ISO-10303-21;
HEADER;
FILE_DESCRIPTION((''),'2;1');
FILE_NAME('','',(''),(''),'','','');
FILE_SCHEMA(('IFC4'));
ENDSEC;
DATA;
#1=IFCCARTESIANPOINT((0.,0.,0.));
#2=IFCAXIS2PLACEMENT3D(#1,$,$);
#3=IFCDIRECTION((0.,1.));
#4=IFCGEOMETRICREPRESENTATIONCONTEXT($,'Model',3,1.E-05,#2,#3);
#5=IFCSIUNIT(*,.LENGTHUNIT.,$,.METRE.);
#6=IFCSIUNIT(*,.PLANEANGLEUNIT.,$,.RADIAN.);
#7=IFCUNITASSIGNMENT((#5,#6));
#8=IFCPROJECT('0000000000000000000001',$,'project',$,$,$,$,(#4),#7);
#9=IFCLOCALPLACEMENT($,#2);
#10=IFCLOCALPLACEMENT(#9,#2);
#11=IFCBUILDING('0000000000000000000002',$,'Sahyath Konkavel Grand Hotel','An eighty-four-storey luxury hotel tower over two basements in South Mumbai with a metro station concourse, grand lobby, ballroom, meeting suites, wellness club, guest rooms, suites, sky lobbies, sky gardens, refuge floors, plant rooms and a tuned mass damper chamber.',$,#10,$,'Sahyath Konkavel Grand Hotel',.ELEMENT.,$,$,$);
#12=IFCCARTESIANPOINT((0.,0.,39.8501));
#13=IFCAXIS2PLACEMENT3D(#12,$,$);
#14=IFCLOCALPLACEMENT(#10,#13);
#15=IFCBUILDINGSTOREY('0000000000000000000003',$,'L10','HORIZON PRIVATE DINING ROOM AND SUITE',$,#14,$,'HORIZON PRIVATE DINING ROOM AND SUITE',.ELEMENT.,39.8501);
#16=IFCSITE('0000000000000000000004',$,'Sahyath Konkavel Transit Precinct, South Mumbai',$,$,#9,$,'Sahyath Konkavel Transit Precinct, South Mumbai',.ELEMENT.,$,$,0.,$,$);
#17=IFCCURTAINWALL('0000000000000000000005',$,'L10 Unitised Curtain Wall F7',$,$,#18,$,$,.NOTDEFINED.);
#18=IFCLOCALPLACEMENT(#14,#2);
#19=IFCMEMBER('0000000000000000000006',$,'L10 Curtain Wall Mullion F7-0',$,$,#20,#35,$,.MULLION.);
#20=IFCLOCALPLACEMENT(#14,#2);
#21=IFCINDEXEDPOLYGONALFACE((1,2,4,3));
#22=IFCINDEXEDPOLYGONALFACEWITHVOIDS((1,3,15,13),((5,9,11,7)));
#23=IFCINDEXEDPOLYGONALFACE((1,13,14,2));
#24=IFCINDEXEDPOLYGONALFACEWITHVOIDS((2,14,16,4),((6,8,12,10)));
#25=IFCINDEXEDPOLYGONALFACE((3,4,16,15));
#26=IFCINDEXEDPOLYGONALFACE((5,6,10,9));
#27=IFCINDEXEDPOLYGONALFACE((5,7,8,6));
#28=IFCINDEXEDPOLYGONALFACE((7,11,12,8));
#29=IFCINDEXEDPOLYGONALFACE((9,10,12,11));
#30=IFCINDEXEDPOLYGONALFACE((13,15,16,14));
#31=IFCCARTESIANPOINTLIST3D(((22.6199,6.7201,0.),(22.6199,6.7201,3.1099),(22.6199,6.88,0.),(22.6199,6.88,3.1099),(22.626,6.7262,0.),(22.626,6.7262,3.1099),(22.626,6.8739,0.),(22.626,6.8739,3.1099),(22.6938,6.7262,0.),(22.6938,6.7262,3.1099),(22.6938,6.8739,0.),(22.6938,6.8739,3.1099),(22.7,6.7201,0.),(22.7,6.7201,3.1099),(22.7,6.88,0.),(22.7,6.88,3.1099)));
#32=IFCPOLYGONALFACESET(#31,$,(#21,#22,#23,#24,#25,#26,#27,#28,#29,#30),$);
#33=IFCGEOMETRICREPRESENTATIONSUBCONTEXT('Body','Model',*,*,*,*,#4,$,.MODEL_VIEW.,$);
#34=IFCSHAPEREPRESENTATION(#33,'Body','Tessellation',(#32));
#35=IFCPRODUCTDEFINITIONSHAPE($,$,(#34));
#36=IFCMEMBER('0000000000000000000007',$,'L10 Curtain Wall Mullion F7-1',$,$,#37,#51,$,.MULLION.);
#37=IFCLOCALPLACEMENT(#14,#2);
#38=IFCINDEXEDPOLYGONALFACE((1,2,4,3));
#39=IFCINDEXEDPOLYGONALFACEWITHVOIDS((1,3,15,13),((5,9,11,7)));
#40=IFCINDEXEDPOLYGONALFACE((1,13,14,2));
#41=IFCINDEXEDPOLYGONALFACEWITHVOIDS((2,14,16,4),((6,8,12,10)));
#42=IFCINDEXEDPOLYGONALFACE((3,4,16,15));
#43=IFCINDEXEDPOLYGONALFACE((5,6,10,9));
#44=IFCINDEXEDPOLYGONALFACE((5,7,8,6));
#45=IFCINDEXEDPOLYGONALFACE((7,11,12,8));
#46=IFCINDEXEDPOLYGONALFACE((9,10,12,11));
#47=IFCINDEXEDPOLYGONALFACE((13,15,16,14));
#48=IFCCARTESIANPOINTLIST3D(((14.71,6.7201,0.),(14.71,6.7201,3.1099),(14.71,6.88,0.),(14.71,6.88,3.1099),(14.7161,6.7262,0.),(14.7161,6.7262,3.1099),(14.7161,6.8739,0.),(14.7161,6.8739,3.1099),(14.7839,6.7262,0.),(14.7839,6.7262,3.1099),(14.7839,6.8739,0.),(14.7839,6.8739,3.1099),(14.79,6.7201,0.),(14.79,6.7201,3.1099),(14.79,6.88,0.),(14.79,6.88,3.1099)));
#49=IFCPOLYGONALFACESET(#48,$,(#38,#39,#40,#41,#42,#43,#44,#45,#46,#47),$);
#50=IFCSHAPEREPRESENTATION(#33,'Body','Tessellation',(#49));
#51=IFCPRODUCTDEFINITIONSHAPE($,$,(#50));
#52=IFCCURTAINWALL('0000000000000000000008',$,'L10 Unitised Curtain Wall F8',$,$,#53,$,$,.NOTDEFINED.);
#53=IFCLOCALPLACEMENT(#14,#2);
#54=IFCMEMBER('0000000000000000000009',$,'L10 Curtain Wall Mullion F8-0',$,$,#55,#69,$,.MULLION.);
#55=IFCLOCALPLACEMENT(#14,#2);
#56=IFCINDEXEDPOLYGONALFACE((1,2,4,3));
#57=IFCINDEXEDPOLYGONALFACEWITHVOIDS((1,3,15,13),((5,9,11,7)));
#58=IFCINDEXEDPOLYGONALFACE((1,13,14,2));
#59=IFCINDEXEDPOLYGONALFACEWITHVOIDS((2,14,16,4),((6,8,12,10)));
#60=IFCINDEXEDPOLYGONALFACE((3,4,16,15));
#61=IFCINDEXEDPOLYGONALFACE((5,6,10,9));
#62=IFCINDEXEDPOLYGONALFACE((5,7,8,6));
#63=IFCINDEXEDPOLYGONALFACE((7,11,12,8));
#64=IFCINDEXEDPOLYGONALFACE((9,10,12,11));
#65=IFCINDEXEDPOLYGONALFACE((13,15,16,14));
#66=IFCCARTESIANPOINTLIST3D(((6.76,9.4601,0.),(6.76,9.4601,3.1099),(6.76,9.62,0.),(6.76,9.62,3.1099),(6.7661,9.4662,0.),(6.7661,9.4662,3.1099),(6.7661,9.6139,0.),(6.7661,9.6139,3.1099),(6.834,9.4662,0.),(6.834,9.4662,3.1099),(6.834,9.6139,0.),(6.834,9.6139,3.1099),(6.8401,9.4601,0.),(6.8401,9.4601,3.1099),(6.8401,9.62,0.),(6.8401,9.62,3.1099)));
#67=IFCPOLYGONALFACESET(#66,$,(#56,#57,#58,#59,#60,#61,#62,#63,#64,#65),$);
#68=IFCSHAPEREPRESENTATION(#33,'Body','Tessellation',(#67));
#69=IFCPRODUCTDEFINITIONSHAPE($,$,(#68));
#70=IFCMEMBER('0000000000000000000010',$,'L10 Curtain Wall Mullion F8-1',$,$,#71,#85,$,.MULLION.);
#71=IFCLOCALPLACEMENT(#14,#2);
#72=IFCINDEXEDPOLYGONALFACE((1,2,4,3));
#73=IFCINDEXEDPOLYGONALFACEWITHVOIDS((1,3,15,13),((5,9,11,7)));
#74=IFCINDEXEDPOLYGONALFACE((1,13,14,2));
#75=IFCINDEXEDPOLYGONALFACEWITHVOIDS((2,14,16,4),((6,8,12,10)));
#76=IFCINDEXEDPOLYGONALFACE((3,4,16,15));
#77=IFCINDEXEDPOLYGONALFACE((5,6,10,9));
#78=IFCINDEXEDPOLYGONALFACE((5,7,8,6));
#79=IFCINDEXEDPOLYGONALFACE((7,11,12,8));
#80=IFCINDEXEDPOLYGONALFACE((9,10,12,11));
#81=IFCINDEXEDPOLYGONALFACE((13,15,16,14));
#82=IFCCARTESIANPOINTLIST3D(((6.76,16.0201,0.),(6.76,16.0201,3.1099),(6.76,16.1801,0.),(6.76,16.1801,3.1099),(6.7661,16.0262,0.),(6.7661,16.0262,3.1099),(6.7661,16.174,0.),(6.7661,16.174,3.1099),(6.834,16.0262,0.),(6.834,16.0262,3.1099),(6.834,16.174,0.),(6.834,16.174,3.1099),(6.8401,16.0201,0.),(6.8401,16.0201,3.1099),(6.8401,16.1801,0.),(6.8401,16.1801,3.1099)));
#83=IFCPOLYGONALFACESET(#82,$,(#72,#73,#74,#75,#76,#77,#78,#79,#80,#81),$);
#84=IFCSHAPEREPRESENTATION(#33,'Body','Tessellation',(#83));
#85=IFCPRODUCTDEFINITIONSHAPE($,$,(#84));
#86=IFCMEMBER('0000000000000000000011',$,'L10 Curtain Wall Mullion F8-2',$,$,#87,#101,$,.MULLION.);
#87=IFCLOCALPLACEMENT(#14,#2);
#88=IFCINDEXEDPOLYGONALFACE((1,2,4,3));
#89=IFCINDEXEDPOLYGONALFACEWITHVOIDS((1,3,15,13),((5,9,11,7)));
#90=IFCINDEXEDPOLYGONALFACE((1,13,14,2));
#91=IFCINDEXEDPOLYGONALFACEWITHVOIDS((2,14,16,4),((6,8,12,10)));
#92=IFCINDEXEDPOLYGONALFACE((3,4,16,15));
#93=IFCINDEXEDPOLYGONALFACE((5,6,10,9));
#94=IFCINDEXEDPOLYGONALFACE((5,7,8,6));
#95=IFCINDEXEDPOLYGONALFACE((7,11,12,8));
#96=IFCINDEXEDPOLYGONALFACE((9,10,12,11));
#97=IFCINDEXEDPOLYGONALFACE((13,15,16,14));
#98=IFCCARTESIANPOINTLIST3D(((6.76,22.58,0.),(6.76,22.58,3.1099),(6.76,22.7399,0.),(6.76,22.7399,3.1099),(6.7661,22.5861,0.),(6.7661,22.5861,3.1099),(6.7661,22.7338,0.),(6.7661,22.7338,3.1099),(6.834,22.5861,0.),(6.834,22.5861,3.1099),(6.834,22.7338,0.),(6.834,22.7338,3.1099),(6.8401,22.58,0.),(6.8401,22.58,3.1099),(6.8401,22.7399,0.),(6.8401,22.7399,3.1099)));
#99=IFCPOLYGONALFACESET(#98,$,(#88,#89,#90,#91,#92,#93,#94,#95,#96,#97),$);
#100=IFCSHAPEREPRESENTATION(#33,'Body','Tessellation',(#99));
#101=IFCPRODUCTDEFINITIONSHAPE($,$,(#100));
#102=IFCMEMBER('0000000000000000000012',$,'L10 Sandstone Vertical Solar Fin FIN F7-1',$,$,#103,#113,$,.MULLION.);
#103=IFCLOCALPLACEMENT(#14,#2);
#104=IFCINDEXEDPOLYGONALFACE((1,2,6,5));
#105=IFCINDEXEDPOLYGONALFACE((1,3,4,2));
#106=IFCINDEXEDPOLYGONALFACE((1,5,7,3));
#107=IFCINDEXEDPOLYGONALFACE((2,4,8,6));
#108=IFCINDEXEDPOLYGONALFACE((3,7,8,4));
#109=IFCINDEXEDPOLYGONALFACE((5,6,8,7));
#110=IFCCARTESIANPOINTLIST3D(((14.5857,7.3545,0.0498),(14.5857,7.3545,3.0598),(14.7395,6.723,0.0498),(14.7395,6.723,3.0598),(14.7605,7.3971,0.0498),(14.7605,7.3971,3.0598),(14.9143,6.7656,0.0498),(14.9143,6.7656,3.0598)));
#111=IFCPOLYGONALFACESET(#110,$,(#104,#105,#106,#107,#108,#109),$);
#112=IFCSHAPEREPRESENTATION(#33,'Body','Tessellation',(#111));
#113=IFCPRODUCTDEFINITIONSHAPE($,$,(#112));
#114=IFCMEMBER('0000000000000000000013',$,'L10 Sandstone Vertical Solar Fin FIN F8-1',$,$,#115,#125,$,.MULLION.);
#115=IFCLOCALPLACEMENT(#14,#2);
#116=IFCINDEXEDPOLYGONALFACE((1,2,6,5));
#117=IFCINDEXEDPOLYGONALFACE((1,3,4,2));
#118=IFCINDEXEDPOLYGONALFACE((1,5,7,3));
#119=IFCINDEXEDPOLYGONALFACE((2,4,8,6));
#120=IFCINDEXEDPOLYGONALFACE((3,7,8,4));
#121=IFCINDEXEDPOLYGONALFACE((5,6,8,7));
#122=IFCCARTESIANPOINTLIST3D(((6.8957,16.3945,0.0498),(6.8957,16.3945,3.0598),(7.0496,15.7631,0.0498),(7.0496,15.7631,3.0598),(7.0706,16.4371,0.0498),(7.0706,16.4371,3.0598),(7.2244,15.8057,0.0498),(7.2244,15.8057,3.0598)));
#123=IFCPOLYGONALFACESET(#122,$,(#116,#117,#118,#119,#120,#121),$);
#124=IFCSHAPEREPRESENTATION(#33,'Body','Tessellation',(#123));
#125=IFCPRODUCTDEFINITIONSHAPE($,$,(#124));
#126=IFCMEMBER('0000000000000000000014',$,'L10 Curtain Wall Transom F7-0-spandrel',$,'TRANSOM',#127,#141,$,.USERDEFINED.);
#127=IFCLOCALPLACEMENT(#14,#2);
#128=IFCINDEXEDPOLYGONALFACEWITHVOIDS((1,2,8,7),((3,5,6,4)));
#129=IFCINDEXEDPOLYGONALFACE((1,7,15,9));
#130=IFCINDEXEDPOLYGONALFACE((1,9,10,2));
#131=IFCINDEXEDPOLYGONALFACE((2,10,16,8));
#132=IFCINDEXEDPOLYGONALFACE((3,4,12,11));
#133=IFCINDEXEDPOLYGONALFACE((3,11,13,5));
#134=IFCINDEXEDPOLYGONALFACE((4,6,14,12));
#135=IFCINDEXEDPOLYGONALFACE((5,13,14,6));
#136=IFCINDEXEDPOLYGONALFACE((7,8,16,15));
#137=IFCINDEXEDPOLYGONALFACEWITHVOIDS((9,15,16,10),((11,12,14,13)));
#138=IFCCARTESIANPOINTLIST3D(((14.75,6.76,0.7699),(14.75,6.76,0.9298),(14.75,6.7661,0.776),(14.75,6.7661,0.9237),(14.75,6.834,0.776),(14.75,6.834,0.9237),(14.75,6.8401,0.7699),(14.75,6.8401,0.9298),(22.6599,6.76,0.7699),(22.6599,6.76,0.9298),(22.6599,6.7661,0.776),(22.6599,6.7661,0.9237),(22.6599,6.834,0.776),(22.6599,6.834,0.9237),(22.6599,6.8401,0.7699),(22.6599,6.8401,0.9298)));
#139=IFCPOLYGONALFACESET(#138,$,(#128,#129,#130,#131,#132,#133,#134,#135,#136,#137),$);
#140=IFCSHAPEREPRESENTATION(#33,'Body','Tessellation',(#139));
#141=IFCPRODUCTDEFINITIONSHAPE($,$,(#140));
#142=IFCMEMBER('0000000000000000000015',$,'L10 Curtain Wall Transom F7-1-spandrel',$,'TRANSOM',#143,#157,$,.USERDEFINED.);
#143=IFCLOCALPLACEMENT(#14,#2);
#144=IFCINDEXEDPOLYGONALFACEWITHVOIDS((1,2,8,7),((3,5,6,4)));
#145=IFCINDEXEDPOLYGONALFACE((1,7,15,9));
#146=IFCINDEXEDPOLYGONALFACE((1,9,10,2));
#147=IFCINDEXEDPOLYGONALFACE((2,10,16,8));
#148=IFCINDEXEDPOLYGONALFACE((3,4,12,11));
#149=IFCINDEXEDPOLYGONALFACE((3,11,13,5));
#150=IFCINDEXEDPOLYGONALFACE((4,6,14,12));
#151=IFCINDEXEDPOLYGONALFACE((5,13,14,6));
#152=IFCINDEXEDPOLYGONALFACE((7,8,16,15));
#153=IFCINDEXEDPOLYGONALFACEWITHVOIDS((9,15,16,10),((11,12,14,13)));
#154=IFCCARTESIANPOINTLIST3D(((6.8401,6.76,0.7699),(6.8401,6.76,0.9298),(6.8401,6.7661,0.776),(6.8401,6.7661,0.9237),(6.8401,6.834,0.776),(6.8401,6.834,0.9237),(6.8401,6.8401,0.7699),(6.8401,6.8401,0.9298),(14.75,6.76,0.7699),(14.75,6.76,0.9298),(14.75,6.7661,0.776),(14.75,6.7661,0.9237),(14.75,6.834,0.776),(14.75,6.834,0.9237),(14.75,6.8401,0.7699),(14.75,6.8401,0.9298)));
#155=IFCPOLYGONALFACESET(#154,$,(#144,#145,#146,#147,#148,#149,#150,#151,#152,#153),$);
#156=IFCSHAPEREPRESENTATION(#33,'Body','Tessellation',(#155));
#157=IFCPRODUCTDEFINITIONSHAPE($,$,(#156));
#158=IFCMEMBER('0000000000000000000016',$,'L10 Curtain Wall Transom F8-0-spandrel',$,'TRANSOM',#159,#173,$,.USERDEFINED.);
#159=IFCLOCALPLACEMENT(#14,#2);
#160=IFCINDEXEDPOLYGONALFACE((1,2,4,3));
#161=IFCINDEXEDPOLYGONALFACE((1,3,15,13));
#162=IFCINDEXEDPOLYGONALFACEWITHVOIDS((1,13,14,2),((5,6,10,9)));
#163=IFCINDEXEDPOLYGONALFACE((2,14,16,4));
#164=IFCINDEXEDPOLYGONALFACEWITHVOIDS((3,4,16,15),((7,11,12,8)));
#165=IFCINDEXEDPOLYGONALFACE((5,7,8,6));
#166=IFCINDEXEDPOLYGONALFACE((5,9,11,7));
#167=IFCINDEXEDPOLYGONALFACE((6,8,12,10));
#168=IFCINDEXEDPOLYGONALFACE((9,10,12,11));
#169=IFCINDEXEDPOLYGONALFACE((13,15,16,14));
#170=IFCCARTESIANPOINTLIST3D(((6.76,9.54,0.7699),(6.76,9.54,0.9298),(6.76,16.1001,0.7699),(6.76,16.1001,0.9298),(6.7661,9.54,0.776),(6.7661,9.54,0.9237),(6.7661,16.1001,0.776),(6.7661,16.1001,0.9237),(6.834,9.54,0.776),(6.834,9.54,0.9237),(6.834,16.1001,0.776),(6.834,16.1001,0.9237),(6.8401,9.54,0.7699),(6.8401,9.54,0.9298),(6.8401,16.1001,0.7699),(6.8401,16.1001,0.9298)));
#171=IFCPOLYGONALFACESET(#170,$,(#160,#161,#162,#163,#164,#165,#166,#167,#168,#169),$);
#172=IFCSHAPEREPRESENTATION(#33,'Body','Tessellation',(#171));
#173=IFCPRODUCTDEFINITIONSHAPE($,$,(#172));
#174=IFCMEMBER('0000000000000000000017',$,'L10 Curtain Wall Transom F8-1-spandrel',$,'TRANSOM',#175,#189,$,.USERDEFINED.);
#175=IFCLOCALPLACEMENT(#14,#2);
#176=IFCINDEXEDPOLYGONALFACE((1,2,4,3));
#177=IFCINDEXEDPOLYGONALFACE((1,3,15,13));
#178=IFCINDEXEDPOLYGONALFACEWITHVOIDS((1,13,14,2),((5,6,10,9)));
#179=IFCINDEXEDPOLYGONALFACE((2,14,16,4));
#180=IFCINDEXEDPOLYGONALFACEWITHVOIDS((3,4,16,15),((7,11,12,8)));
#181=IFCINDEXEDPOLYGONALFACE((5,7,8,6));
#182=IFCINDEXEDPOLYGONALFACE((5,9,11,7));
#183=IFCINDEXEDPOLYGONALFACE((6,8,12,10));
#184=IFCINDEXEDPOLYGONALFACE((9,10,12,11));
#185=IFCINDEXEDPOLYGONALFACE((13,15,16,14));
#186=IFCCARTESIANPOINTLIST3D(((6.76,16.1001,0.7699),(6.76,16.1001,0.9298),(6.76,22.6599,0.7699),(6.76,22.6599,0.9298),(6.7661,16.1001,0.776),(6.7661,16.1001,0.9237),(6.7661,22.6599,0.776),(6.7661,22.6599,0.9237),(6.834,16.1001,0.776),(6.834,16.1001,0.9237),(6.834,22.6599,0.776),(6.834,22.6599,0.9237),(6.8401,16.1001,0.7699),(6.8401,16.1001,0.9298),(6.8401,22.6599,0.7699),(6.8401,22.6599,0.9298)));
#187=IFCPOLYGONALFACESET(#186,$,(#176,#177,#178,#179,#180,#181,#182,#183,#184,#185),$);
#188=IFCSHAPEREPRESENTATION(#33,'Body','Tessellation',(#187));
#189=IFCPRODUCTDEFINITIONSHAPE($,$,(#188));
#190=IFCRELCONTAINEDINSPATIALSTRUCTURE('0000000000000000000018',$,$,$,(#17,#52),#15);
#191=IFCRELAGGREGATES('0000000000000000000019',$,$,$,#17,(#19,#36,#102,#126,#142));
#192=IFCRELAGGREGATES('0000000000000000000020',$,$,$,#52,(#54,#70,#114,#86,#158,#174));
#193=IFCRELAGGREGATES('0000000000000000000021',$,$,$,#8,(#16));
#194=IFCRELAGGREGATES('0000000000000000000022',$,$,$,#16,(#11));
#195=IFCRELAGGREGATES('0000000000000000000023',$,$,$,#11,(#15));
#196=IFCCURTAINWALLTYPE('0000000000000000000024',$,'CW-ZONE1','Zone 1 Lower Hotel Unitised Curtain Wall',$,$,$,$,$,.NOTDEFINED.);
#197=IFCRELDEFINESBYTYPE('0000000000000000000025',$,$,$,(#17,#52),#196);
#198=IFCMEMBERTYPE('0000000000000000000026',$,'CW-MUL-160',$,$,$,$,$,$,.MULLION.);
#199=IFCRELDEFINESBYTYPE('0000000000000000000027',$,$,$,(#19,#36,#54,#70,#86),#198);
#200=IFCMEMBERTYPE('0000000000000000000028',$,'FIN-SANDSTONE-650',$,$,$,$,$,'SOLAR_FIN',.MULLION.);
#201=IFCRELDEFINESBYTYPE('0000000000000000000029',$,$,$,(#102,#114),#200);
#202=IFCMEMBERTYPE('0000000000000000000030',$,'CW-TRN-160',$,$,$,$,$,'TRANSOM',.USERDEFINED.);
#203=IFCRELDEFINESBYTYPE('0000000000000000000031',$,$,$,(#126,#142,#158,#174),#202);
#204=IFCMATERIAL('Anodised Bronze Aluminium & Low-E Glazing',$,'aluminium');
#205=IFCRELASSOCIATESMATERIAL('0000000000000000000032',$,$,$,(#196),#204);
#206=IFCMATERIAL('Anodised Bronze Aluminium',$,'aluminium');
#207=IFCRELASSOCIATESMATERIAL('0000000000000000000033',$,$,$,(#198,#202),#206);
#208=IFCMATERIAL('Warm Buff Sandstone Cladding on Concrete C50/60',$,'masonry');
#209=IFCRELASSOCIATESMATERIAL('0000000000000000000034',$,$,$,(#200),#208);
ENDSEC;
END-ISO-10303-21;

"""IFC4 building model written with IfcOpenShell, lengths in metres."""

from ifc_helpers import new_model, si_unit, direction, frame, origin, origin_2d, place, context, subcontext, project, spatial, rectangle, hollow_rectangle, extrude, source, transform, mapped, material, material_profile, profile_set, type_object, element, aggregate, save


model = new_model("IFC4")

# Units and contexts
model_context = context("Model", 3, precision=1e-05, world=origin(), true_north=direction((0.0, 1.0)))
body_context = subcontext(model_context, "Body", "Model", "MODEL_VIEW")
ifc_project = project(units=[si_unit("LENGTHUNIT", "METRE"), si_unit("PLANEANGLEUNIT", "RADIAN")], contexts=[model_context])

# Site, building, storey
site_placement = place(None, origin())
site = spatial("IfcSite", under=ifc_project, at=site_placement, Name="Sahyath Konkavel Transit Precinct, South Mumbai", LongName="Sahyath Konkavel Transit Precinct, South Mumbai", CompositionType="ELEMENT", RefElevation=0.0)
building_placement = place(site_placement, origin())
building = spatial("IfcBuilding", under=site, at=building_placement, Name="Sahyath Konkavel Grand Hotel", Description="An eighty-four-storey luxury hotel tower over two basements in South Mumbai with a metro station concourse, grand lobby, ballroom, meeting suites, wellness club, guest rooms, suites, sky lobbies, sky gardens, refuge floors, plant rooms and a tuned mass damper chamber.", LongName="Sahyath Konkavel Grand Hotel", CompositionType="ELEMENT")
storey_placement = place(building_placement, frame((0.0, 0.0, 39.8501)))
storey = spatial("IfcBuildingStorey", under=building, at=storey_placement, Name="L10", Description="HORIZON PRIVATE DINING ROOM AND SUITE", LongName="HORIZON PRIVATE DINING ROOM AND SUITE", CompositionType="ELEMENT", Elevation=39.8501)

# Curtain walls, members
ifc_material_1 = material(Name="Anodised Bronze Aluminium & Low-E Glazing", Category="aluminium")
curtain_wall_type = type_object("IfcCurtainWallType", Name="CW-ZONE1", Description="Zone 1 Lower Hotel Unitised Curtain Wall", PredefinedType="NOTDEFINED", material=ifc_material_1)
curtain_wall_1_placement = place(storey_placement, origin())
curtain_wall_1 = element("IfcCurtainWall", 1, at=curtain_wall_1_placement, inside=storey, type_object=curtain_wall_type, Name="L10 Unitised Curtain Wall F7", PredefinedType="NOTDEFINED")
ifc_material_2 = material(Name="Anodised Bronze Aluminium", Category="aluminium")
ifc_material_profile_1 = material_profile(ifc_material_2, hollow_rectangle(XDim=0.0801, YDim=0.1599, WallThickness=0.0061, at=origin_2d()), Name="RHS 160x80x6")
ifc_profile_set_1 = profile_set([ifc_material_profile_1], Name="Anodised Bronze Aluminium")
member_type_1 = type_object("IfcMemberType", Name="CW-MUL-160", PredefinedType="MULLION", material=ifc_profile_set_1)
shared_shape_1 = source(origin(), body_context, "Body", "SweptSolid", [
    extrude(hollow_rectangle(XDim=0.0801, YDim=0.1599, WallThickness=0.0061, at=origin_2d()), origin(), (0.0, 0.0, 1.0), 3.1099),
])
member_1_placement = place(storey_placement, frame((22.6599, 6.8, 0.0), z_axis=(0.0, 0.0, 1.0), x_axis=(1.0, 0.0, 0.0)))
member_1 = element("IfcMember", 2, at=member_1_placement, type_object=member_type_1, Name="L10 Curtain Wall Mullion F7-0", PredefinedType="MULLION", context=body_context, shape_type="MappedRepresentation", body=[
    mapped(shared_shape_1, transform((0.0, 0.0, 0.0), scale=1.0)),
])
member_2_placement = place(storey_placement, frame((14.75, 6.8, 0.0), z_axis=(0.0, 0.0, 1.0), x_axis=(1.0, 0.0, 0.0)))
member_2 = element("IfcMember", 3, at=member_2_placement, type_object=member_type_1, Name="L10 Curtain Wall Mullion F7-1", PredefinedType="MULLION", context=body_context, shape_type="MappedRepresentation", body=[
    mapped(shared_shape_1, transform((0.0, 0.0, 0.0), scale=1.0)),
])
curtain_wall_2_placement = place(storey_placement, origin())
curtain_wall_2 = element("IfcCurtainWall", 4, at=curtain_wall_2_placement, inside=storey, type_object=curtain_wall_type, Name="L10 Unitised Curtain Wall F8", PredefinedType="NOTDEFINED")
member_3_placement = place(storey_placement, frame((6.8, 9.54, 0.0), z_axis=(0.0, 0.0, 1.0), x_axis=(1.0, 0.0, 0.0)))
member_3 = element("IfcMember", 5, at=member_3_placement, type_object=member_type_1, Name="L10 Curtain Wall Mullion F8-0", PredefinedType="MULLION", context=body_context, shape_type="MappedRepresentation", body=[
    mapped(shared_shape_1, transform((0.0, 0.0, 0.0), scale=1.0)),
])
member_4_placement = place(storey_placement, frame((6.8, 16.1001, 0.0), z_axis=(0.0, 0.0, 1.0), x_axis=(1.0, 0.0, 0.0)))
member_4 = element("IfcMember", 6, at=member_4_placement, type_object=member_type_1, Name="L10 Curtain Wall Mullion F8-1", PredefinedType="MULLION", context=body_context, shape_type="MappedRepresentation", body=[
    mapped(shared_shape_1, transform((0.0, 0.0, 0.0), scale=1.0)),
])
member_5_placement = place(storey_placement, frame((6.8, 22.6599, 0.0), z_axis=(0.0, 0.0, 1.0), x_axis=(1.0, 0.0, 0.0)))
member_5 = element("IfcMember", 7, at=member_5_placement, type_object=member_type_1, Name="L10 Curtain Wall Mullion F8-2", PredefinedType="MULLION", context=body_context, shape_type="MappedRepresentation", body=[
    mapped(shared_shape_1, transform((0.0, 0.0, 0.0), scale=1.0)),
])

# Members
ifc_material_3 = material(Name="Warm Buff Sandstone Cladding on Concrete C50/60", Category="masonry")
ifc_material_profile_2 = material_profile(ifc_material_3, rectangle(XDim=0.1799, YDim=0.6499, at=origin_2d()), Name="FIN 180x650")
ifc_profile_set_2 = profile_set([ifc_material_profile_2], Name="Warm Buff Sandstone Cladding on Concrete C50/60")
member_type_2 = type_object("IfcMemberType", Name="FIN-SANDSTONE-650", ElementType="SOLAR_FIN", PredefinedType="MULLION", material=ifc_profile_set_2)
shared_shape_2 = source(origin(), body_context, "Body", "SweptSolid", [
    extrude(rectangle(XDim=0.1799, YDim=0.6499, at=origin_2d()), origin(), (0.0, 0.0, 1.0), 3.01),
])
member_6_placement = place(storey_placement, frame((14.75, 7.0601, 0.0498), z_axis=(0.0, 0.0, 1.0), x_axis=(0.97159, 0.236669, 0.0)))
member_6 = element("IfcMember", 8, at=member_6_placement, type_object=member_type_2, Name="L10 Sandstone Vertical Solar Fin FIN F7-1", PredefinedType="MULLION", context=body_context, shape_type="MappedRepresentation", body=[
    mapped(shared_shape_2, transform((0.0, 0.0, 0.0), scale=1.0)),
])
member_7_placement = place(storey_placement, frame((7.0601, 16.1001, 0.0498), z_axis=(0.0, 0.0, 1.0), x_axis=(0.97159, 0.236669, 0.0)))
member_7 = element("IfcMember", 9, at=member_7_placement, type_object=member_type_2, Name="L10 Sandstone Vertical Solar Fin FIN F8-1", PredefinedType="MULLION", context=body_context, shape_type="MappedRepresentation", body=[
    mapped(shared_shape_2, transform((0.0, 0.0, 0.0), scale=1.0)),
])
ifc_material_profile_3 = material_profile(ifc_material_2, hollow_rectangle(XDim=0.0801, YDim=0.1599, WallThickness=0.0061, at=origin_2d()), Name="RHS 160x80x6")
ifc_profile_set_3 = profile_set([ifc_material_profile_3], Name="Anodised Bronze Aluminium")
member_type_3 = type_object("IfcMemberType", Name="CW-TRN-160", ElementType="TRANSOM", PredefinedType="USERDEFINED", material=ifc_profile_set_3)
shared_shape_3 = source(origin(), body_context, "Body", "SweptSolid", [
    extrude(hollow_rectangle(XDim=0.0801, YDim=0.1599, WallThickness=0.0061, at=origin_2d()), origin(), (0.0, 0.0, 1.0), 7.9099),
])
member_8_placement = place(storey_placement, frame((22.6599, 6.8, 0.8499), z_axis=(-1.0, 0.0, 0.0), x_axis=(0.0, -1.0, 0.0)))
member_8 = element("IfcMember", 10, at=member_8_placement, type_object=member_type_3, Name="L10 Curtain Wall Transom F7-0-spandrel", ObjectType="TRANSOM", PredefinedType="USERDEFINED", context=body_context, shape_type="MappedRepresentation", body=[
    mapped(shared_shape_3, transform((0.0, 0.0, 0.0), scale=1.0)),
])
member_9_placement = place(storey_placement, frame((14.75, 6.8, 0.8499), z_axis=(-1.0, 0.0, 0.0), x_axis=(0.0, -1.0, 0.0)))
member_9 = element("IfcMember", 11, at=member_9_placement, type_object=member_type_3, Name="L10 Curtain Wall Transom F7-1-spandrel", ObjectType="TRANSOM", PredefinedType="USERDEFINED", context=body_context, shape_type="MappedRepresentation", body=[
    mapped(shared_shape_3, transform((0.0, 0.0, 0.0), scale=1.0)),
])
shared_shape_4 = source(origin(), body_context, "Body", "SweptSolid", [
    extrude(hollow_rectangle(XDim=0.0801, YDim=0.1599, WallThickness=0.0061, at=origin_2d()), origin(), (0.0, 0.0, 1.0), 6.5601),
])
member_10_placement = place(storey_placement, frame((6.8, 9.54, 0.8499), z_axis=(0.0, 1.0, 0.0), x_axis=(-1.0, 0.0, 0.0)))
member_10 = element("IfcMember", 12, at=member_10_placement, type_object=member_type_3, Name="L10 Curtain Wall Transom F8-0-spandrel", ObjectType="TRANSOM", PredefinedType="USERDEFINED", context=body_context, shape_type="MappedRepresentation", body=[
    mapped(shared_shape_4, transform((0.0, 0.0, 0.0), scale=1.0)),
])
shared_shape_5 = source(origin(), body_context, "Body", "SweptSolid", [
    extrude(hollow_rectangle(XDim=0.0801, YDim=0.1599, WallThickness=0.0061, at=origin_2d()), origin(), (0.0, 0.0, 1.0), 6.5598),
])
member_11_placement = place(storey_placement, frame((6.8, 16.1001, 0.8499), z_axis=(0.0, 1.0, 0.0), x_axis=(-1.0, 0.0, 0.0)))
member_11 = element("IfcMember", 13, at=member_11_placement, type_object=member_type_3, Name="L10 Curtain Wall Transom F8-1-spandrel", ObjectType="TRANSOM", PredefinedType="USERDEFINED", context=body_context, shape_type="MappedRepresentation", body=[
    mapped(shared_shape_5, transform((0.0, 0.0, 0.0), scale=1.0)),
])

aggregate(curtain_wall_1, [member_1, member_2, member_6, member_8, member_9])
aggregate(curtain_wall_2, [member_3, member_4, member_7, member_5, member_10, member_11])

save(model, "model.ifc")
